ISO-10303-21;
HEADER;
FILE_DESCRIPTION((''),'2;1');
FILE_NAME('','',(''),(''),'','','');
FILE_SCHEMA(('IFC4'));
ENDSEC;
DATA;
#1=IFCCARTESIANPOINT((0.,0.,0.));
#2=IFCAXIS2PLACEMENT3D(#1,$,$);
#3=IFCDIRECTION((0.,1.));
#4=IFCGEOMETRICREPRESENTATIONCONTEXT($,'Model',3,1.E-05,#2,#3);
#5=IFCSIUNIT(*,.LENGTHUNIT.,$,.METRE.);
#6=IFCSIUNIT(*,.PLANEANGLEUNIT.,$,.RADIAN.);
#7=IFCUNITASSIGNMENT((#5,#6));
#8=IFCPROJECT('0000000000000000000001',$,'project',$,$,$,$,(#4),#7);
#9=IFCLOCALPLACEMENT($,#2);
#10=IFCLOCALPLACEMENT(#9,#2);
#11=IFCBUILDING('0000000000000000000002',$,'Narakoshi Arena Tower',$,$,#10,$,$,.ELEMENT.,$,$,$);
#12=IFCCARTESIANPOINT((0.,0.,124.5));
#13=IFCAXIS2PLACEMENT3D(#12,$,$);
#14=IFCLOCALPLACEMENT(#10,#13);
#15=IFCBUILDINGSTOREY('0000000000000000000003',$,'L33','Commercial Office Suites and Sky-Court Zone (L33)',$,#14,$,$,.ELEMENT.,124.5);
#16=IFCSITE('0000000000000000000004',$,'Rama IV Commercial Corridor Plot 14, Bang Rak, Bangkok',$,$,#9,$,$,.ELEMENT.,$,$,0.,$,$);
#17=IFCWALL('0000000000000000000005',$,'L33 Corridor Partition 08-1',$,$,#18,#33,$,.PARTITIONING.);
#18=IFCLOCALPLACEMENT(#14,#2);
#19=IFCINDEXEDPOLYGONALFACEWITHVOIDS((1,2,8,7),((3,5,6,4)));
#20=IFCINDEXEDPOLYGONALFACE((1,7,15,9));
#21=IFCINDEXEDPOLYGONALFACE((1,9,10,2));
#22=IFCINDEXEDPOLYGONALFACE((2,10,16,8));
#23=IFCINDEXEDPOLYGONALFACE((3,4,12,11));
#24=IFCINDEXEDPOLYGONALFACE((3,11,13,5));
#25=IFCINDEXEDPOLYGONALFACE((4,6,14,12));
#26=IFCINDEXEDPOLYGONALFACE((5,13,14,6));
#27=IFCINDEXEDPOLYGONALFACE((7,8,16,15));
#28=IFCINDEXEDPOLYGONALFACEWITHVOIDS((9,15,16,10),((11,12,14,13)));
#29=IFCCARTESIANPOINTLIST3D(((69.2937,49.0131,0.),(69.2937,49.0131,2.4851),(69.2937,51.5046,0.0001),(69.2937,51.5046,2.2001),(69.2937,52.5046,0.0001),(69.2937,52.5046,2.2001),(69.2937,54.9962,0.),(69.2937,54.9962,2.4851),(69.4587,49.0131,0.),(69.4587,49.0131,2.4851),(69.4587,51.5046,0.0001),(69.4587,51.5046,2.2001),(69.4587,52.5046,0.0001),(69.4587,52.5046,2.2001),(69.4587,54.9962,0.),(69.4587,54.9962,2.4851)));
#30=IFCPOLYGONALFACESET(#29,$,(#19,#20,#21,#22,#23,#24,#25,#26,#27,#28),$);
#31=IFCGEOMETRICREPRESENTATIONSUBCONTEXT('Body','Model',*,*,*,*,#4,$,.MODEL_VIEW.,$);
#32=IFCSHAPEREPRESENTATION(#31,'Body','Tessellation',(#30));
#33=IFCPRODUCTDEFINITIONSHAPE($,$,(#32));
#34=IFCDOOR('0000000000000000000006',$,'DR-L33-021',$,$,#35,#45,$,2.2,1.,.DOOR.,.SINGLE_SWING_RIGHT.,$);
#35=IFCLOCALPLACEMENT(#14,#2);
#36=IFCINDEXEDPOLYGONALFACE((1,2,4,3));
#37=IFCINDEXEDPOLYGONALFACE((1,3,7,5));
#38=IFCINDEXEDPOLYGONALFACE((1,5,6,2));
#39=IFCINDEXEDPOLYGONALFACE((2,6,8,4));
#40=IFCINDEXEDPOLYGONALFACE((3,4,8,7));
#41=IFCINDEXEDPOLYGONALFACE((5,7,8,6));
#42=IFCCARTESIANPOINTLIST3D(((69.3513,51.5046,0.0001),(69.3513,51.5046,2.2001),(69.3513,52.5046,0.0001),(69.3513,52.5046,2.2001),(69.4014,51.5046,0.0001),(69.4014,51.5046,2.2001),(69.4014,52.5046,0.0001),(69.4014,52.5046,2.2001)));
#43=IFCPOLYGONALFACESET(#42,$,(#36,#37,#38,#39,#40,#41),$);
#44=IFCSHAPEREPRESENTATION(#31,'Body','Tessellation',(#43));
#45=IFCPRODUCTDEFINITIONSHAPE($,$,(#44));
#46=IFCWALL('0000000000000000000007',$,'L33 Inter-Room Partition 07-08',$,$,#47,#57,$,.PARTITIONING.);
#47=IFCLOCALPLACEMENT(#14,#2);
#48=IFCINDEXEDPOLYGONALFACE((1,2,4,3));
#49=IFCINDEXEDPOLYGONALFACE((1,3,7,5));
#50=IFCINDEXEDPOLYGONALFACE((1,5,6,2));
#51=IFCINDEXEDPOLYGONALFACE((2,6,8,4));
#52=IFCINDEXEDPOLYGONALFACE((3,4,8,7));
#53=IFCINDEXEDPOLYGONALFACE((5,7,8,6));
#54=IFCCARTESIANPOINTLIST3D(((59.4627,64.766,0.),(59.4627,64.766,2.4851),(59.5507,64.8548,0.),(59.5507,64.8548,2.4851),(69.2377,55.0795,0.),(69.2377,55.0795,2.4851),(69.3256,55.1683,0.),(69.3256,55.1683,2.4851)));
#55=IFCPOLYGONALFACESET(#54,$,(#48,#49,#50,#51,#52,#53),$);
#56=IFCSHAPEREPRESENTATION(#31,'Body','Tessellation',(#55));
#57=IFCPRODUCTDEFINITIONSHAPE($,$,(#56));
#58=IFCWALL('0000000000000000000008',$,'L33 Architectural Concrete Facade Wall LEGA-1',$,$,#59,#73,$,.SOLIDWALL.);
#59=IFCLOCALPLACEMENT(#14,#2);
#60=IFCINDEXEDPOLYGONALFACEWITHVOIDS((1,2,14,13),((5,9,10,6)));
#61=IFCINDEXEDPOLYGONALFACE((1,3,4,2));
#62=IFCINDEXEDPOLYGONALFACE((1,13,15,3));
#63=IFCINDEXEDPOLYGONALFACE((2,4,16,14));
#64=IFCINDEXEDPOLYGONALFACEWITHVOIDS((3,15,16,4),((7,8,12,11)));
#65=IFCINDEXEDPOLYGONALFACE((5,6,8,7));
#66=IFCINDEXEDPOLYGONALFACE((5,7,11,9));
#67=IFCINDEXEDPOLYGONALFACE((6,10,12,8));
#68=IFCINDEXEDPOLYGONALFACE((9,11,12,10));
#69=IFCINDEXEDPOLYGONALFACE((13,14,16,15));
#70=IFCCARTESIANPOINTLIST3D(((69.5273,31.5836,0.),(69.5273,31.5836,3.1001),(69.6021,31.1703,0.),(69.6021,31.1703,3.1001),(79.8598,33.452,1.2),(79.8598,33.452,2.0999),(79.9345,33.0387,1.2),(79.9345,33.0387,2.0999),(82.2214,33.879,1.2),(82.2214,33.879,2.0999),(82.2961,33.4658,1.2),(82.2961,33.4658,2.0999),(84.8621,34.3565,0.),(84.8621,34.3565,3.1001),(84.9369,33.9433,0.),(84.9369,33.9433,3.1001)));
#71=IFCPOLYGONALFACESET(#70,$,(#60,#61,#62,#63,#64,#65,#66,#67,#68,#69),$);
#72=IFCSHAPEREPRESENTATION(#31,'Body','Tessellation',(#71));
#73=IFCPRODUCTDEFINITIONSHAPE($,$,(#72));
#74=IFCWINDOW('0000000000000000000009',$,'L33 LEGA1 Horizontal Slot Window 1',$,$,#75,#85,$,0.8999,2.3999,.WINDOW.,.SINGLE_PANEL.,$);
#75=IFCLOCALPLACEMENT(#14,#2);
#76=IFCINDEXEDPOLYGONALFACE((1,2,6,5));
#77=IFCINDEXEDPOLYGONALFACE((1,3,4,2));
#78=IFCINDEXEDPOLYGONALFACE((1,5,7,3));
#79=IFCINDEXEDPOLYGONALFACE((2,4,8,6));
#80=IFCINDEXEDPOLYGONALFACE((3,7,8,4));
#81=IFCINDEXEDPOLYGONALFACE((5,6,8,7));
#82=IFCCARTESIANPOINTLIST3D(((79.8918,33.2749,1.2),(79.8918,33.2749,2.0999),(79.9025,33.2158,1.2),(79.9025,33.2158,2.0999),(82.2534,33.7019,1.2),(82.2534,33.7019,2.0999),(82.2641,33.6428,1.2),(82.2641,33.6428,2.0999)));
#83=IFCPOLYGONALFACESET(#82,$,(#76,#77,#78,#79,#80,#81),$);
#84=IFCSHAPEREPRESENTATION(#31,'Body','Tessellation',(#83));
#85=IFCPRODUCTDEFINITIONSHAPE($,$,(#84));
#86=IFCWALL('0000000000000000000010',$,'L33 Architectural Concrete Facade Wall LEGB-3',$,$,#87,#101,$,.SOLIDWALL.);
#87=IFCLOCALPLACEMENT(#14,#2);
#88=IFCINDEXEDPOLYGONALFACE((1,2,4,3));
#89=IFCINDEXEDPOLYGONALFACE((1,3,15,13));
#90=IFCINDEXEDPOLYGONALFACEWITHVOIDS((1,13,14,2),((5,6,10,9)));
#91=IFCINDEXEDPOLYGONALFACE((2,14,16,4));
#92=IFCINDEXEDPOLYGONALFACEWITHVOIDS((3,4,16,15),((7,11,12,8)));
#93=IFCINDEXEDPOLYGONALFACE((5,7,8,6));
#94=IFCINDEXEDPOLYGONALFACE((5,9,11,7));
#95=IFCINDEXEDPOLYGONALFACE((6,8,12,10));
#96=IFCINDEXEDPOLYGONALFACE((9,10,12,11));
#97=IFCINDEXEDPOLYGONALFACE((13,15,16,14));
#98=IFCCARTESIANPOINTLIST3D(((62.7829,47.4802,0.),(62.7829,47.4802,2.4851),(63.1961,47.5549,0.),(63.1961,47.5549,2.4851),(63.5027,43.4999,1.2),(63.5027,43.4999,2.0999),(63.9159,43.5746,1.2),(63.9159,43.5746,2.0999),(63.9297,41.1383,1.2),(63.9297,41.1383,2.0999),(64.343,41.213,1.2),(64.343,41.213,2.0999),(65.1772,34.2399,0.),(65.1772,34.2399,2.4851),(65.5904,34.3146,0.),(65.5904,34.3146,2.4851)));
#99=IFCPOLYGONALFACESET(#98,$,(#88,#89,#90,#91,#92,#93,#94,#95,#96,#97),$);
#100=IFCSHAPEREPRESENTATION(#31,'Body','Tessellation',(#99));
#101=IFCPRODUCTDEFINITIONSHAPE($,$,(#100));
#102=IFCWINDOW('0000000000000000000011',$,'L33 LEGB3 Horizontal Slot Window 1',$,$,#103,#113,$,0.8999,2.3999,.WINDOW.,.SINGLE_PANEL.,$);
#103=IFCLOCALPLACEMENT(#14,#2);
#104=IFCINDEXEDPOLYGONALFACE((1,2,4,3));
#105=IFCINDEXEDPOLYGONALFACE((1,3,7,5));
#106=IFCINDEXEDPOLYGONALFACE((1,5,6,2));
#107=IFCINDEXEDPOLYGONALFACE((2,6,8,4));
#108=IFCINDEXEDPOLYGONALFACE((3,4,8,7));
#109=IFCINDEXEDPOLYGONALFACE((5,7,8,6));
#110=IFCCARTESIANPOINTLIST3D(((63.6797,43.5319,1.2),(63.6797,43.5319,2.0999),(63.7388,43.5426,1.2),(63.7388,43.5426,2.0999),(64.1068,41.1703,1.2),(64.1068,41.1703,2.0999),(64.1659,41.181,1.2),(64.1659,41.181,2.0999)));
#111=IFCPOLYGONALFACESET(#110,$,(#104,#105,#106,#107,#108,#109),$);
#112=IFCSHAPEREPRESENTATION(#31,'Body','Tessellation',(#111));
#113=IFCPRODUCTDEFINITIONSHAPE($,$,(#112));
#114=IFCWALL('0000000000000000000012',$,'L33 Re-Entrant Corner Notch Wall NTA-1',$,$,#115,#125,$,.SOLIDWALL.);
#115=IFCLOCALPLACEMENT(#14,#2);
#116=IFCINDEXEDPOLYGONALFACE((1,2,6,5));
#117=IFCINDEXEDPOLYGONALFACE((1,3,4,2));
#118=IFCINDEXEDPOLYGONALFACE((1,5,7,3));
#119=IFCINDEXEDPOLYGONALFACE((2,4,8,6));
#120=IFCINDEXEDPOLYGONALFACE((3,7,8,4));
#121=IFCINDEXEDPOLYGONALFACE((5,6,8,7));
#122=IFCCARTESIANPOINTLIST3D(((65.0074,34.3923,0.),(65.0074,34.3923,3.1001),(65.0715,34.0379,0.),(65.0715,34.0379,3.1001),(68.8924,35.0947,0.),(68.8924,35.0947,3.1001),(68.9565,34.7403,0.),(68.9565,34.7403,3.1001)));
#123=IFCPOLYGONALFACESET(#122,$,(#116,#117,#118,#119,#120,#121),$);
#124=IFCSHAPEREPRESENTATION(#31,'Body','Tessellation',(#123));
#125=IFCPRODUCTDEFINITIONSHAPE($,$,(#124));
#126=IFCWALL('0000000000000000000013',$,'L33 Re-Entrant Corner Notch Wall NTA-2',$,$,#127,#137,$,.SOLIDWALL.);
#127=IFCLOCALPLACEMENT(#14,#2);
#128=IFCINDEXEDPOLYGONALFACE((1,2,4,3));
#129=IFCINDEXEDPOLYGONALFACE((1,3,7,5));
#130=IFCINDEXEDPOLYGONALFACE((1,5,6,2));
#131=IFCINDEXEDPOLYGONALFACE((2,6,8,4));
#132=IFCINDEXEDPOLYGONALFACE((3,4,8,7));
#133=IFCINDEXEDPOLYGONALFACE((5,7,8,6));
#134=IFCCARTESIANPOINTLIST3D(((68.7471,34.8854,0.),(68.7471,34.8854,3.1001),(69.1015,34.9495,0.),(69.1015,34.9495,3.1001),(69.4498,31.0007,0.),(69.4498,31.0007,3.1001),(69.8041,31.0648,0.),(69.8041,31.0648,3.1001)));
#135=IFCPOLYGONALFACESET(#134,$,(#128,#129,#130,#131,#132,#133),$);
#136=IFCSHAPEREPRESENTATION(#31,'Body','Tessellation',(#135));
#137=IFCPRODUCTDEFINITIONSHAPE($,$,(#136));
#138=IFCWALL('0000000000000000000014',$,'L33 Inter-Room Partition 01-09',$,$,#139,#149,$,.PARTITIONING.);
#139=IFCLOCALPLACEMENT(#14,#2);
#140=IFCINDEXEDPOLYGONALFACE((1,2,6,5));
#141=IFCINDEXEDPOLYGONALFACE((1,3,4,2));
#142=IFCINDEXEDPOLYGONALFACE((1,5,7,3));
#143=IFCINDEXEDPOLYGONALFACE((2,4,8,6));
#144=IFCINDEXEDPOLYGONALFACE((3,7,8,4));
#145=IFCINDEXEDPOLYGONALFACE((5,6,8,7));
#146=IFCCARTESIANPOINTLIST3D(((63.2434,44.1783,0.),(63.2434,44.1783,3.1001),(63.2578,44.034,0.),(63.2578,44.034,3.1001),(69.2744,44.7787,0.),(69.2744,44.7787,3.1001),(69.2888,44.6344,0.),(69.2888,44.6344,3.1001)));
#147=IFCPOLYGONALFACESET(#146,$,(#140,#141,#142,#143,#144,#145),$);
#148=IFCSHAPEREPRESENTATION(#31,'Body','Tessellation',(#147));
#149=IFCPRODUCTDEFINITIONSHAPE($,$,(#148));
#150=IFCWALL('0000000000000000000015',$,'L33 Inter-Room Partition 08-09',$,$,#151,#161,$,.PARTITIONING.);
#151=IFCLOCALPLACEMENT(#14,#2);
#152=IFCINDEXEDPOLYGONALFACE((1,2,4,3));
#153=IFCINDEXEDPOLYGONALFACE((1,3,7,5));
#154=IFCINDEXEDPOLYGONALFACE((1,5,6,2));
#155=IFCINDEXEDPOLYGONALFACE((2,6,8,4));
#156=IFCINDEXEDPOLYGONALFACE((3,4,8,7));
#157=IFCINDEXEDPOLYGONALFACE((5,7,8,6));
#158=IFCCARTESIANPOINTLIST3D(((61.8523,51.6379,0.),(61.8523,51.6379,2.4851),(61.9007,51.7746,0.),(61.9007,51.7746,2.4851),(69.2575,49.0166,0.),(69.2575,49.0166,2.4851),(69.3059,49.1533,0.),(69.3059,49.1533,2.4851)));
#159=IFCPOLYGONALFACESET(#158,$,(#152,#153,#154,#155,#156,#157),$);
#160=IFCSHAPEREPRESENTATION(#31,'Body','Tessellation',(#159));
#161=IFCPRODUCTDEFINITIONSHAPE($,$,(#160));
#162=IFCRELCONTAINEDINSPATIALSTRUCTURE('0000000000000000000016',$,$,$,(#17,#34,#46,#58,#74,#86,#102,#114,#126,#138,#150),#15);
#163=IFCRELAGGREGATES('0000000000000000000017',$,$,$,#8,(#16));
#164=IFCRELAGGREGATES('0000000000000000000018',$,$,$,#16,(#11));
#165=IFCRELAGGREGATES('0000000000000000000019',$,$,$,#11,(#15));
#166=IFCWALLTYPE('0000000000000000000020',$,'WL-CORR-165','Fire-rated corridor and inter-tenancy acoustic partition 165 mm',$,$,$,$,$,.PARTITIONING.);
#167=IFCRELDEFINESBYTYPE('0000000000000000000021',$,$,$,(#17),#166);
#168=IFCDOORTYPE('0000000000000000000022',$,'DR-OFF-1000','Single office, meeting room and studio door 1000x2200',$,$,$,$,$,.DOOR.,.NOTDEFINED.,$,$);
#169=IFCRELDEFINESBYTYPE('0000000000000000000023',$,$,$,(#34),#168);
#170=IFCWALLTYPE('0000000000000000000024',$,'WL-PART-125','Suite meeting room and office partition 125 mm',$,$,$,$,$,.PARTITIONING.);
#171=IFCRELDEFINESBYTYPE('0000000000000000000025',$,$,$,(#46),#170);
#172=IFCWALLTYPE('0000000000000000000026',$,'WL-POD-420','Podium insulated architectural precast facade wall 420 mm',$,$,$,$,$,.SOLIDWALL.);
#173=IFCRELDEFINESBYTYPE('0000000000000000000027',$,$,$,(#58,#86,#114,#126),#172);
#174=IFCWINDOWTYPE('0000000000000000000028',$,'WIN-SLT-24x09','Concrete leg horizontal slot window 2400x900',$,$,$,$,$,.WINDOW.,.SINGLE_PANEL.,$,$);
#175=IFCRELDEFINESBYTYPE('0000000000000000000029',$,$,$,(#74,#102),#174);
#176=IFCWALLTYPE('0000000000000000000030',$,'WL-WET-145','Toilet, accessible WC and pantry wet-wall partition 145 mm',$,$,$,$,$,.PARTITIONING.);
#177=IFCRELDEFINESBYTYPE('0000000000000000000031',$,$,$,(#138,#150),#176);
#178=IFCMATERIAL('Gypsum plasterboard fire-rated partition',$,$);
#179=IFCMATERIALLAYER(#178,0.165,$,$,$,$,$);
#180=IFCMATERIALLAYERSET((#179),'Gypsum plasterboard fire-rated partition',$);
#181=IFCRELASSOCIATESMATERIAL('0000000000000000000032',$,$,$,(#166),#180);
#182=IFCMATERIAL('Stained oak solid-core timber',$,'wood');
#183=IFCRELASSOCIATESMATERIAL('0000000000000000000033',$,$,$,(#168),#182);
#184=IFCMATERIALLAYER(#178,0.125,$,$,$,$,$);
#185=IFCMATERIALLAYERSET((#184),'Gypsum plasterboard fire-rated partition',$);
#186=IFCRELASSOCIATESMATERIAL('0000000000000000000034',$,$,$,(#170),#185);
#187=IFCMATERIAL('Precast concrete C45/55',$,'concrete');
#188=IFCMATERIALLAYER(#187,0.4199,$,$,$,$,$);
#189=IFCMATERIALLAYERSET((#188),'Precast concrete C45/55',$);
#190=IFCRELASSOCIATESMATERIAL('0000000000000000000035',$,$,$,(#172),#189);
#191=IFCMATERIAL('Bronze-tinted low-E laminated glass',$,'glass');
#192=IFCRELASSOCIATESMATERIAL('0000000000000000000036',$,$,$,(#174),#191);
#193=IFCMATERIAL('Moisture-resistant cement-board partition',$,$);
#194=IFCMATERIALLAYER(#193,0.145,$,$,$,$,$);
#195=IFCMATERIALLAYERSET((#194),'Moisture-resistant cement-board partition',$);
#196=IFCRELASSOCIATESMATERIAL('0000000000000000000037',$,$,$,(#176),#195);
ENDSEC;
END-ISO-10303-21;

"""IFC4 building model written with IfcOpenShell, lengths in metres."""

from ifc_helpers import new_model, si_unit, direction, frame, frame_2d, origin, place, context, subcontext, project, spatial, rectangle, extrude, material, layer, layer_set, type_object, element, fill, save


model = new_model("IFC4")

# Units and contexts
model_context = context("Model", 3, precision=1e-05, world=origin(), true_north=direction((0.0, 1.0)))
body_context = subcontext(model_context, "Body", "Model", "MODEL_VIEW")
ifc_project = project(units=[si_unit("LENGTHUNIT", "METRE"), si_unit("PLANEANGLEUNIT", "RADIAN")], contexts=[model_context])

# Site, building, storey
site_placement = place(None, origin())
site = spatial("IfcSite", under=ifc_project, at=site_placement, Name="Rama IV Commercial Corridor Plot 14, Bang Rak, Bangkok", CompositionType="ELEMENT", RefElevation=0.0)
building_placement = place(site_placement, origin())
building = spatial("IfcBuilding", under=site, at=building_placement, Name="Narakoshi Arena Tower", CompositionType="ELEMENT")
storey_placement = place(building_placement, frame((0.0, 0.0, 124.5)))
storey = spatial("IfcBuildingStorey", under=building, at=storey_placement, Name="L33", Description="Commercial Office Suites and Sky-Court Zone (L33)", CompositionType="ELEMENT", Elevation=124.5)

# Shared definitions
ifc_material_1 = material(Name="Gypsum plasterboard fire-rated partition")
ifc_layer_1 = layer(ifc_material_1, 0.165)
ifc_layer_set_1 = layer_set([ifc_layer_1], Name="Gypsum plasterboard fire-rated partition")
wall_type_1 = type_object("IfcWallType", Name="WL-CORR-165", Description="Fire-rated corridor and inter-tenancy acoustic partition 165 mm", PredefinedType="PARTITIONING", material=ifc_layer_set_1)
ifc_material_2 = material(Name="Stained oak solid-core timber", Category="wood")
door_type_1 = type_object("IfcDoorType", Name="DR-OFF-1000", Description="Single office, meeting room and studio door 1000x2200", OperationType="NOTDEFINED", PredefinedType="DOOR", material=ifc_material_2)

# Wall, opening, door
wall_1_placement = place(storey_placement, frame((69.3762, 54.9963, 0.0), z_axis=(0.0, 0.0, 1.0), x_axis=(0.0, -1.0, 0.0)))
wall_1 = element("IfcWall", 1, at=wall_1_placement, inside=storey, type_object=wall_type_1, Name="L33 Corridor Partition 08-1", PredefinedType="PARTITIONING", context=body_context, shape_type="SweptSolid", body=[
    extrude(rectangle(XDim=5.9832, YDim=0.165, at=frame_2d((2.9917, 0.0))), origin(), (0.0, 0.0, 1.0), 2.4851),
])
opening_1_placement = place(wall_1_placement, frame((2.4917, 0.0, 0.0)))
opening_1 = element("IfcOpeningElement", 2, at=opening_1_placement, cuts=wall_1, PredefinedType="OPENING", context=body_context, shape_type="SweptSolid", body=[
    extrude(rectangle(XDim=1.0, YDim=2.2, at=frame_2d((0.5, 1.1001))), frame((0.0, 0.0925, 0.0), z_axis=(0.0, -1.0, 0.0), x_axis=(1.0, 0.0, 0.0)), (0.0, 0.0, 1.0), 0.1851),
])
door_1_placement = place(opening_1_placement, frame((1.0, 0.0, 0.0), z_axis=(0.0, 0.0, 1.0), x_axis=(-1.0, 0.0, 0.0)))
door_1 = element("IfcDoor", 3, at=door_1_placement, inside=storey, type_object=door_type_1, Name="DR-L33-021", OperationType="SINGLE_SWING_RIGHT", OverallHeight=2.2, OverallWidth=1.0, PredefinedType="DOOR", context=body_context, shape_type="SweptSolid", body=[
    extrude(rectangle(XDim=1.0, YDim=2.2, at=frame_2d((0.5, 1.1001))), frame((0.0, 0.0249, 0.0), z_axis=(0.0, -1.0, 0.0), x_axis=(1.0, 0.0, 0.0)), (0.0, 0.0, 1.0), 0.05),
])
fill(opening_1, door_1)

# Wall
ifc_layer_2 = layer(ifc_material_1, 0.125)
ifc_layer_set_2 = layer_set([ifc_layer_2], Name="Gypsum plasterboard fire-rated partition")
wall_type_2 = type_object("IfcWallType", Name="WL-PART-125", Description="Suite meeting room and office partition 125 mm", PredefinedType="PARTITIONING", material=ifc_layer_set_2)
wall_2_placement = place(storey_placement, frame((69.2817, 55.1238, 0.0), z_axis=(0.0, 0.0, 1.0), x_axis=(-0.710311, 0.703888, 0.0)))
element("IfcWall", 4, at=wall_2_placement, inside=storey, type_object=wall_type_2, Name="L33 Inter-Room Partition 07-08", PredefinedType="PARTITIONING", context=body_context, shape_type="SweptSolid", body=[
    extrude(rectangle(XDim=13.7615, YDim=0.125, at=frame_2d((6.8809, 0.0))), origin(), (0.0, 0.0, 1.0), 2.4851),
])

# Walls, openings, windows
ifc_material_3 = material(Name="Precast concrete C45/55", Category="concrete")
ifc_layer_3 = layer(ifc_material_3, 0.4199)
ifc_layer_set_3 = layer_set([ifc_layer_3], Name="Precast concrete C45/55")
wall_type_3 = type_object("IfcWallType", Name="WL-POD-420", Description="Podium insulated architectural precast facade wall 420 mm", PredefinedType="SOLIDWALL", material=ifc_layer_set_3)
wall_3_placement = place(storey_placement, frame((69.5647, 31.377, 0.0), z_axis=(0.0, 0.0, 1.0), x_axis=(0.984041, 0.177942, 0.0)))
wall_3 = element("IfcWall", 5, at=wall_3_placement, inside=storey, type_object=wall_type_3, Name="L33 Architectural Concrete Facade Wall LEGA-1", PredefinedType="SOLIDWALL", context=body_context, shape_type="SweptSolid", body=[
    extrude(rectangle(XDim=15.5835, YDim=0.4199, at=frame_2d((7.7917, 0.0))), origin(), (0.0, 0.0, 1.0), 3.1001),
])
opening_2_placement = place(wall_3_placement, frame((10.5, 0.0, 1.2)))
opening_2 = element("IfcOpeningElement", 6, at=opening_2_placement, cuts=wall_3, PredefinedType="OPENING", context=body_context, shape_type="SweptSolid", body=[
    extrude(rectangle(XDim=2.3999, YDim=0.8999, at=frame_2d((1.2, 0.45))), frame((0.0, 0.22, 0.0), z_axis=(0.0, -1.0, 0.0), x_axis=(1.0, 0.0, 0.0)), (0.0, 0.0, 1.0), 0.4399),
])
ifc_material_4 = material(Name="Bronze-tinted low-E laminated glass", Category="glass")
window_type = type_object("IfcWindowType", Name="WIN-SLT-24x09", Description="Concrete leg horizontal slot window 2400x900", PartitioningType="SINGLE_PANEL", PredefinedType="WINDOW", material=ifc_material_4)
window_1_placement = place(opening_2_placement, origin())
window_1 = element("IfcWindow", 7, at=window_1_placement, inside=storey, type_object=window_type, Name="L33 LEGA1 Horizontal Slot Window 1", OverallHeight=0.8999, OverallWidth=2.3999, PartitioningType="SINGLE_PANEL", PredefinedType="WINDOW", context=body_context, shape_type="SweptSolid", body=[
    extrude(rectangle(XDim=2.3999, YDim=0.8999, at=frame_2d((1.2, 0.45))), frame((0.0, 0.03, 0.0), z_axis=(0.0, -1.0, 0.0), x_axis=(1.0, 0.0, 0.0)), (0.0, 0.0, 1.0), 0.0601),
])
fill(opening_2, window_1)
wall_4_placement = place(storey_placement, frame((62.9895, 47.5176, 0.0), z_axis=(0.0, 0.0, 1.0), x_axis=(0.177948, -0.98404, 0.0)))
wall_4 = element("IfcWall", 8, at=wall_4_placement, inside=storey, type_object=wall_type_3, Name="L33 Architectural Concrete Facade Wall LEGB-3", PredefinedType="SOLIDWALL", context=body_context, shape_type="SweptSolid", body=[
    extrude(rectangle(XDim=13.4551, YDim=0.4199, at=frame_2d((6.7275, 0.0))), origin(), (0.0, 0.0, 1.0), 2.4851),
])
opening_3_placement = place(wall_4_placement, frame((4.0449, 0.0, 1.2)))
opening_3 = element("IfcOpeningElement", 9, at=opening_3_placement, cuts=wall_4, PredefinedType="OPENING", context=body_context, shape_type="SweptSolid", body=[
    extrude(rectangle(XDim=2.3999, YDim=0.8999, at=frame_2d((1.2, 0.45))), frame((0.0, 0.22, 0.0), z_axis=(0.0, -1.0, 0.0), x_axis=(1.0, 0.0, 0.0)), (0.0, 0.0, 1.0), 0.4399),
])
window_2_placement = place(opening_3_placement, origin())
window_2 = element("IfcWindow", 10, at=window_2_placement, inside=storey, type_object=window_type, Name="L33 LEGB3 Horizontal Slot Window 1", OverallHeight=0.8999, OverallWidth=2.3999, PartitioningType="SINGLE_PANEL", PredefinedType="WINDOW", context=body_context, shape_type="SweptSolid", body=[
    extrude(rectangle(XDim=2.3999, YDim=0.8999, at=frame_2d((1.2, 0.45))), frame((0.0, 0.03, 0.0), z_axis=(0.0, -1.0, 0.0), x_axis=(1.0, 0.0, 0.0)), (0.0, 0.0, 1.0), 0.0601),
])
fill(opening_3, window_2)

# Walls
wall_5_placement = place(storey_placement, frame((65.0393, 34.2151, 0.0), z_axis=(0.0, 0.0, 1.0), x_axis=(0.984047, 0.177911, 0.0)))
element("IfcWall", 11, at=wall_5_placement, inside=storey, type_object=wall_type_3, Name="L33 Re-Entrant Corner Notch Wall NTA-1", PredefinedType="SOLIDWALL", context=body_context, shape_type="SweptSolid", body=[
    extrude(rectangle(XDim=3.948, YDim=0.3601, at=frame_2d((1.9741, 0.0))), origin(), (0.0, 0.0, 1.0), 3.1001),
])
wall_6_placement = place(storey_placement, frame((68.9243, 34.9175, 0.0), z_axis=(0.0, 0.0, 1.0), x_axis=(0.177982, -0.984034, 0.0)))
element("IfcWall", 12, at=wall_6_placement, inside=storey, type_object=wall_type_3, Name="L33 Re-Entrant Corner Notch Wall NTA-2", PredefinedType="SOLIDWALL", context=body_context, shape_type="SweptSolid", body=[
    extrude(rectangle(XDim=3.9478, YDim=0.3601, at=frame_2d((1.9739, 0.0))), origin(), (0.0, 0.0, 1.0), 3.1001),
])
ifc_material_5 = material(Name="Moisture-resistant cement-board partition")
ifc_layer_4 = layer(ifc_material_5, 0.145)
ifc_layer_set_4 = layer_set([ifc_layer_4], Name="Moisture-resistant cement-board partition")
wall_type_4 = type_object("IfcWallType", Name="WL-WET-145", Description="Toilet, accessible WC and pantry wet-wall partition 145 mm", PredefinedType="PARTITIONING", material=ifc_layer_set_4)
wall_7_placement = place(storey_placement, frame((63.2507, 44.1062, 0.0), z_axis=(0.0, 0.0, 1.0), x_axis=(0.995082, 0.099053, 0.0)))
element("IfcWall", 13, at=wall_7_placement, inside=storey, type_object=wall_type_4, Name="L33 Inter-Room Partition 01-09", PredefinedType="PARTITIONING", context=body_context, shape_type="SweptSolid", body=[
    extrude(rectangle(XDim=6.0608, YDim=0.145, at=frame_2d((3.0303, 0.0))), origin(), (0.0, 0.0, 1.0), 3.1001),
])
wall_8_placement = place(storey_placement, frame((69.2817, 49.085, 0.0), z_axis=(0.0, 0.0, 1.0), x_axis=(-0.942682, 0.333693, 0.0)))
element("IfcWall", 14, at=wall_8_placement, inside=storey, type_object=wall_type_4, Name="L33 Inter-Room Partition 08-09", PredefinedType="PARTITIONING", context=body_context, shape_type="SweptSolid", body=[
    extrude(rectangle(XDim=7.8555, YDim=0.145, at=frame_2d((3.9277, 0.0))), origin(), (0.0, 0.0, 1.0), 2.4851),
])

save(model, "model.ifc")
